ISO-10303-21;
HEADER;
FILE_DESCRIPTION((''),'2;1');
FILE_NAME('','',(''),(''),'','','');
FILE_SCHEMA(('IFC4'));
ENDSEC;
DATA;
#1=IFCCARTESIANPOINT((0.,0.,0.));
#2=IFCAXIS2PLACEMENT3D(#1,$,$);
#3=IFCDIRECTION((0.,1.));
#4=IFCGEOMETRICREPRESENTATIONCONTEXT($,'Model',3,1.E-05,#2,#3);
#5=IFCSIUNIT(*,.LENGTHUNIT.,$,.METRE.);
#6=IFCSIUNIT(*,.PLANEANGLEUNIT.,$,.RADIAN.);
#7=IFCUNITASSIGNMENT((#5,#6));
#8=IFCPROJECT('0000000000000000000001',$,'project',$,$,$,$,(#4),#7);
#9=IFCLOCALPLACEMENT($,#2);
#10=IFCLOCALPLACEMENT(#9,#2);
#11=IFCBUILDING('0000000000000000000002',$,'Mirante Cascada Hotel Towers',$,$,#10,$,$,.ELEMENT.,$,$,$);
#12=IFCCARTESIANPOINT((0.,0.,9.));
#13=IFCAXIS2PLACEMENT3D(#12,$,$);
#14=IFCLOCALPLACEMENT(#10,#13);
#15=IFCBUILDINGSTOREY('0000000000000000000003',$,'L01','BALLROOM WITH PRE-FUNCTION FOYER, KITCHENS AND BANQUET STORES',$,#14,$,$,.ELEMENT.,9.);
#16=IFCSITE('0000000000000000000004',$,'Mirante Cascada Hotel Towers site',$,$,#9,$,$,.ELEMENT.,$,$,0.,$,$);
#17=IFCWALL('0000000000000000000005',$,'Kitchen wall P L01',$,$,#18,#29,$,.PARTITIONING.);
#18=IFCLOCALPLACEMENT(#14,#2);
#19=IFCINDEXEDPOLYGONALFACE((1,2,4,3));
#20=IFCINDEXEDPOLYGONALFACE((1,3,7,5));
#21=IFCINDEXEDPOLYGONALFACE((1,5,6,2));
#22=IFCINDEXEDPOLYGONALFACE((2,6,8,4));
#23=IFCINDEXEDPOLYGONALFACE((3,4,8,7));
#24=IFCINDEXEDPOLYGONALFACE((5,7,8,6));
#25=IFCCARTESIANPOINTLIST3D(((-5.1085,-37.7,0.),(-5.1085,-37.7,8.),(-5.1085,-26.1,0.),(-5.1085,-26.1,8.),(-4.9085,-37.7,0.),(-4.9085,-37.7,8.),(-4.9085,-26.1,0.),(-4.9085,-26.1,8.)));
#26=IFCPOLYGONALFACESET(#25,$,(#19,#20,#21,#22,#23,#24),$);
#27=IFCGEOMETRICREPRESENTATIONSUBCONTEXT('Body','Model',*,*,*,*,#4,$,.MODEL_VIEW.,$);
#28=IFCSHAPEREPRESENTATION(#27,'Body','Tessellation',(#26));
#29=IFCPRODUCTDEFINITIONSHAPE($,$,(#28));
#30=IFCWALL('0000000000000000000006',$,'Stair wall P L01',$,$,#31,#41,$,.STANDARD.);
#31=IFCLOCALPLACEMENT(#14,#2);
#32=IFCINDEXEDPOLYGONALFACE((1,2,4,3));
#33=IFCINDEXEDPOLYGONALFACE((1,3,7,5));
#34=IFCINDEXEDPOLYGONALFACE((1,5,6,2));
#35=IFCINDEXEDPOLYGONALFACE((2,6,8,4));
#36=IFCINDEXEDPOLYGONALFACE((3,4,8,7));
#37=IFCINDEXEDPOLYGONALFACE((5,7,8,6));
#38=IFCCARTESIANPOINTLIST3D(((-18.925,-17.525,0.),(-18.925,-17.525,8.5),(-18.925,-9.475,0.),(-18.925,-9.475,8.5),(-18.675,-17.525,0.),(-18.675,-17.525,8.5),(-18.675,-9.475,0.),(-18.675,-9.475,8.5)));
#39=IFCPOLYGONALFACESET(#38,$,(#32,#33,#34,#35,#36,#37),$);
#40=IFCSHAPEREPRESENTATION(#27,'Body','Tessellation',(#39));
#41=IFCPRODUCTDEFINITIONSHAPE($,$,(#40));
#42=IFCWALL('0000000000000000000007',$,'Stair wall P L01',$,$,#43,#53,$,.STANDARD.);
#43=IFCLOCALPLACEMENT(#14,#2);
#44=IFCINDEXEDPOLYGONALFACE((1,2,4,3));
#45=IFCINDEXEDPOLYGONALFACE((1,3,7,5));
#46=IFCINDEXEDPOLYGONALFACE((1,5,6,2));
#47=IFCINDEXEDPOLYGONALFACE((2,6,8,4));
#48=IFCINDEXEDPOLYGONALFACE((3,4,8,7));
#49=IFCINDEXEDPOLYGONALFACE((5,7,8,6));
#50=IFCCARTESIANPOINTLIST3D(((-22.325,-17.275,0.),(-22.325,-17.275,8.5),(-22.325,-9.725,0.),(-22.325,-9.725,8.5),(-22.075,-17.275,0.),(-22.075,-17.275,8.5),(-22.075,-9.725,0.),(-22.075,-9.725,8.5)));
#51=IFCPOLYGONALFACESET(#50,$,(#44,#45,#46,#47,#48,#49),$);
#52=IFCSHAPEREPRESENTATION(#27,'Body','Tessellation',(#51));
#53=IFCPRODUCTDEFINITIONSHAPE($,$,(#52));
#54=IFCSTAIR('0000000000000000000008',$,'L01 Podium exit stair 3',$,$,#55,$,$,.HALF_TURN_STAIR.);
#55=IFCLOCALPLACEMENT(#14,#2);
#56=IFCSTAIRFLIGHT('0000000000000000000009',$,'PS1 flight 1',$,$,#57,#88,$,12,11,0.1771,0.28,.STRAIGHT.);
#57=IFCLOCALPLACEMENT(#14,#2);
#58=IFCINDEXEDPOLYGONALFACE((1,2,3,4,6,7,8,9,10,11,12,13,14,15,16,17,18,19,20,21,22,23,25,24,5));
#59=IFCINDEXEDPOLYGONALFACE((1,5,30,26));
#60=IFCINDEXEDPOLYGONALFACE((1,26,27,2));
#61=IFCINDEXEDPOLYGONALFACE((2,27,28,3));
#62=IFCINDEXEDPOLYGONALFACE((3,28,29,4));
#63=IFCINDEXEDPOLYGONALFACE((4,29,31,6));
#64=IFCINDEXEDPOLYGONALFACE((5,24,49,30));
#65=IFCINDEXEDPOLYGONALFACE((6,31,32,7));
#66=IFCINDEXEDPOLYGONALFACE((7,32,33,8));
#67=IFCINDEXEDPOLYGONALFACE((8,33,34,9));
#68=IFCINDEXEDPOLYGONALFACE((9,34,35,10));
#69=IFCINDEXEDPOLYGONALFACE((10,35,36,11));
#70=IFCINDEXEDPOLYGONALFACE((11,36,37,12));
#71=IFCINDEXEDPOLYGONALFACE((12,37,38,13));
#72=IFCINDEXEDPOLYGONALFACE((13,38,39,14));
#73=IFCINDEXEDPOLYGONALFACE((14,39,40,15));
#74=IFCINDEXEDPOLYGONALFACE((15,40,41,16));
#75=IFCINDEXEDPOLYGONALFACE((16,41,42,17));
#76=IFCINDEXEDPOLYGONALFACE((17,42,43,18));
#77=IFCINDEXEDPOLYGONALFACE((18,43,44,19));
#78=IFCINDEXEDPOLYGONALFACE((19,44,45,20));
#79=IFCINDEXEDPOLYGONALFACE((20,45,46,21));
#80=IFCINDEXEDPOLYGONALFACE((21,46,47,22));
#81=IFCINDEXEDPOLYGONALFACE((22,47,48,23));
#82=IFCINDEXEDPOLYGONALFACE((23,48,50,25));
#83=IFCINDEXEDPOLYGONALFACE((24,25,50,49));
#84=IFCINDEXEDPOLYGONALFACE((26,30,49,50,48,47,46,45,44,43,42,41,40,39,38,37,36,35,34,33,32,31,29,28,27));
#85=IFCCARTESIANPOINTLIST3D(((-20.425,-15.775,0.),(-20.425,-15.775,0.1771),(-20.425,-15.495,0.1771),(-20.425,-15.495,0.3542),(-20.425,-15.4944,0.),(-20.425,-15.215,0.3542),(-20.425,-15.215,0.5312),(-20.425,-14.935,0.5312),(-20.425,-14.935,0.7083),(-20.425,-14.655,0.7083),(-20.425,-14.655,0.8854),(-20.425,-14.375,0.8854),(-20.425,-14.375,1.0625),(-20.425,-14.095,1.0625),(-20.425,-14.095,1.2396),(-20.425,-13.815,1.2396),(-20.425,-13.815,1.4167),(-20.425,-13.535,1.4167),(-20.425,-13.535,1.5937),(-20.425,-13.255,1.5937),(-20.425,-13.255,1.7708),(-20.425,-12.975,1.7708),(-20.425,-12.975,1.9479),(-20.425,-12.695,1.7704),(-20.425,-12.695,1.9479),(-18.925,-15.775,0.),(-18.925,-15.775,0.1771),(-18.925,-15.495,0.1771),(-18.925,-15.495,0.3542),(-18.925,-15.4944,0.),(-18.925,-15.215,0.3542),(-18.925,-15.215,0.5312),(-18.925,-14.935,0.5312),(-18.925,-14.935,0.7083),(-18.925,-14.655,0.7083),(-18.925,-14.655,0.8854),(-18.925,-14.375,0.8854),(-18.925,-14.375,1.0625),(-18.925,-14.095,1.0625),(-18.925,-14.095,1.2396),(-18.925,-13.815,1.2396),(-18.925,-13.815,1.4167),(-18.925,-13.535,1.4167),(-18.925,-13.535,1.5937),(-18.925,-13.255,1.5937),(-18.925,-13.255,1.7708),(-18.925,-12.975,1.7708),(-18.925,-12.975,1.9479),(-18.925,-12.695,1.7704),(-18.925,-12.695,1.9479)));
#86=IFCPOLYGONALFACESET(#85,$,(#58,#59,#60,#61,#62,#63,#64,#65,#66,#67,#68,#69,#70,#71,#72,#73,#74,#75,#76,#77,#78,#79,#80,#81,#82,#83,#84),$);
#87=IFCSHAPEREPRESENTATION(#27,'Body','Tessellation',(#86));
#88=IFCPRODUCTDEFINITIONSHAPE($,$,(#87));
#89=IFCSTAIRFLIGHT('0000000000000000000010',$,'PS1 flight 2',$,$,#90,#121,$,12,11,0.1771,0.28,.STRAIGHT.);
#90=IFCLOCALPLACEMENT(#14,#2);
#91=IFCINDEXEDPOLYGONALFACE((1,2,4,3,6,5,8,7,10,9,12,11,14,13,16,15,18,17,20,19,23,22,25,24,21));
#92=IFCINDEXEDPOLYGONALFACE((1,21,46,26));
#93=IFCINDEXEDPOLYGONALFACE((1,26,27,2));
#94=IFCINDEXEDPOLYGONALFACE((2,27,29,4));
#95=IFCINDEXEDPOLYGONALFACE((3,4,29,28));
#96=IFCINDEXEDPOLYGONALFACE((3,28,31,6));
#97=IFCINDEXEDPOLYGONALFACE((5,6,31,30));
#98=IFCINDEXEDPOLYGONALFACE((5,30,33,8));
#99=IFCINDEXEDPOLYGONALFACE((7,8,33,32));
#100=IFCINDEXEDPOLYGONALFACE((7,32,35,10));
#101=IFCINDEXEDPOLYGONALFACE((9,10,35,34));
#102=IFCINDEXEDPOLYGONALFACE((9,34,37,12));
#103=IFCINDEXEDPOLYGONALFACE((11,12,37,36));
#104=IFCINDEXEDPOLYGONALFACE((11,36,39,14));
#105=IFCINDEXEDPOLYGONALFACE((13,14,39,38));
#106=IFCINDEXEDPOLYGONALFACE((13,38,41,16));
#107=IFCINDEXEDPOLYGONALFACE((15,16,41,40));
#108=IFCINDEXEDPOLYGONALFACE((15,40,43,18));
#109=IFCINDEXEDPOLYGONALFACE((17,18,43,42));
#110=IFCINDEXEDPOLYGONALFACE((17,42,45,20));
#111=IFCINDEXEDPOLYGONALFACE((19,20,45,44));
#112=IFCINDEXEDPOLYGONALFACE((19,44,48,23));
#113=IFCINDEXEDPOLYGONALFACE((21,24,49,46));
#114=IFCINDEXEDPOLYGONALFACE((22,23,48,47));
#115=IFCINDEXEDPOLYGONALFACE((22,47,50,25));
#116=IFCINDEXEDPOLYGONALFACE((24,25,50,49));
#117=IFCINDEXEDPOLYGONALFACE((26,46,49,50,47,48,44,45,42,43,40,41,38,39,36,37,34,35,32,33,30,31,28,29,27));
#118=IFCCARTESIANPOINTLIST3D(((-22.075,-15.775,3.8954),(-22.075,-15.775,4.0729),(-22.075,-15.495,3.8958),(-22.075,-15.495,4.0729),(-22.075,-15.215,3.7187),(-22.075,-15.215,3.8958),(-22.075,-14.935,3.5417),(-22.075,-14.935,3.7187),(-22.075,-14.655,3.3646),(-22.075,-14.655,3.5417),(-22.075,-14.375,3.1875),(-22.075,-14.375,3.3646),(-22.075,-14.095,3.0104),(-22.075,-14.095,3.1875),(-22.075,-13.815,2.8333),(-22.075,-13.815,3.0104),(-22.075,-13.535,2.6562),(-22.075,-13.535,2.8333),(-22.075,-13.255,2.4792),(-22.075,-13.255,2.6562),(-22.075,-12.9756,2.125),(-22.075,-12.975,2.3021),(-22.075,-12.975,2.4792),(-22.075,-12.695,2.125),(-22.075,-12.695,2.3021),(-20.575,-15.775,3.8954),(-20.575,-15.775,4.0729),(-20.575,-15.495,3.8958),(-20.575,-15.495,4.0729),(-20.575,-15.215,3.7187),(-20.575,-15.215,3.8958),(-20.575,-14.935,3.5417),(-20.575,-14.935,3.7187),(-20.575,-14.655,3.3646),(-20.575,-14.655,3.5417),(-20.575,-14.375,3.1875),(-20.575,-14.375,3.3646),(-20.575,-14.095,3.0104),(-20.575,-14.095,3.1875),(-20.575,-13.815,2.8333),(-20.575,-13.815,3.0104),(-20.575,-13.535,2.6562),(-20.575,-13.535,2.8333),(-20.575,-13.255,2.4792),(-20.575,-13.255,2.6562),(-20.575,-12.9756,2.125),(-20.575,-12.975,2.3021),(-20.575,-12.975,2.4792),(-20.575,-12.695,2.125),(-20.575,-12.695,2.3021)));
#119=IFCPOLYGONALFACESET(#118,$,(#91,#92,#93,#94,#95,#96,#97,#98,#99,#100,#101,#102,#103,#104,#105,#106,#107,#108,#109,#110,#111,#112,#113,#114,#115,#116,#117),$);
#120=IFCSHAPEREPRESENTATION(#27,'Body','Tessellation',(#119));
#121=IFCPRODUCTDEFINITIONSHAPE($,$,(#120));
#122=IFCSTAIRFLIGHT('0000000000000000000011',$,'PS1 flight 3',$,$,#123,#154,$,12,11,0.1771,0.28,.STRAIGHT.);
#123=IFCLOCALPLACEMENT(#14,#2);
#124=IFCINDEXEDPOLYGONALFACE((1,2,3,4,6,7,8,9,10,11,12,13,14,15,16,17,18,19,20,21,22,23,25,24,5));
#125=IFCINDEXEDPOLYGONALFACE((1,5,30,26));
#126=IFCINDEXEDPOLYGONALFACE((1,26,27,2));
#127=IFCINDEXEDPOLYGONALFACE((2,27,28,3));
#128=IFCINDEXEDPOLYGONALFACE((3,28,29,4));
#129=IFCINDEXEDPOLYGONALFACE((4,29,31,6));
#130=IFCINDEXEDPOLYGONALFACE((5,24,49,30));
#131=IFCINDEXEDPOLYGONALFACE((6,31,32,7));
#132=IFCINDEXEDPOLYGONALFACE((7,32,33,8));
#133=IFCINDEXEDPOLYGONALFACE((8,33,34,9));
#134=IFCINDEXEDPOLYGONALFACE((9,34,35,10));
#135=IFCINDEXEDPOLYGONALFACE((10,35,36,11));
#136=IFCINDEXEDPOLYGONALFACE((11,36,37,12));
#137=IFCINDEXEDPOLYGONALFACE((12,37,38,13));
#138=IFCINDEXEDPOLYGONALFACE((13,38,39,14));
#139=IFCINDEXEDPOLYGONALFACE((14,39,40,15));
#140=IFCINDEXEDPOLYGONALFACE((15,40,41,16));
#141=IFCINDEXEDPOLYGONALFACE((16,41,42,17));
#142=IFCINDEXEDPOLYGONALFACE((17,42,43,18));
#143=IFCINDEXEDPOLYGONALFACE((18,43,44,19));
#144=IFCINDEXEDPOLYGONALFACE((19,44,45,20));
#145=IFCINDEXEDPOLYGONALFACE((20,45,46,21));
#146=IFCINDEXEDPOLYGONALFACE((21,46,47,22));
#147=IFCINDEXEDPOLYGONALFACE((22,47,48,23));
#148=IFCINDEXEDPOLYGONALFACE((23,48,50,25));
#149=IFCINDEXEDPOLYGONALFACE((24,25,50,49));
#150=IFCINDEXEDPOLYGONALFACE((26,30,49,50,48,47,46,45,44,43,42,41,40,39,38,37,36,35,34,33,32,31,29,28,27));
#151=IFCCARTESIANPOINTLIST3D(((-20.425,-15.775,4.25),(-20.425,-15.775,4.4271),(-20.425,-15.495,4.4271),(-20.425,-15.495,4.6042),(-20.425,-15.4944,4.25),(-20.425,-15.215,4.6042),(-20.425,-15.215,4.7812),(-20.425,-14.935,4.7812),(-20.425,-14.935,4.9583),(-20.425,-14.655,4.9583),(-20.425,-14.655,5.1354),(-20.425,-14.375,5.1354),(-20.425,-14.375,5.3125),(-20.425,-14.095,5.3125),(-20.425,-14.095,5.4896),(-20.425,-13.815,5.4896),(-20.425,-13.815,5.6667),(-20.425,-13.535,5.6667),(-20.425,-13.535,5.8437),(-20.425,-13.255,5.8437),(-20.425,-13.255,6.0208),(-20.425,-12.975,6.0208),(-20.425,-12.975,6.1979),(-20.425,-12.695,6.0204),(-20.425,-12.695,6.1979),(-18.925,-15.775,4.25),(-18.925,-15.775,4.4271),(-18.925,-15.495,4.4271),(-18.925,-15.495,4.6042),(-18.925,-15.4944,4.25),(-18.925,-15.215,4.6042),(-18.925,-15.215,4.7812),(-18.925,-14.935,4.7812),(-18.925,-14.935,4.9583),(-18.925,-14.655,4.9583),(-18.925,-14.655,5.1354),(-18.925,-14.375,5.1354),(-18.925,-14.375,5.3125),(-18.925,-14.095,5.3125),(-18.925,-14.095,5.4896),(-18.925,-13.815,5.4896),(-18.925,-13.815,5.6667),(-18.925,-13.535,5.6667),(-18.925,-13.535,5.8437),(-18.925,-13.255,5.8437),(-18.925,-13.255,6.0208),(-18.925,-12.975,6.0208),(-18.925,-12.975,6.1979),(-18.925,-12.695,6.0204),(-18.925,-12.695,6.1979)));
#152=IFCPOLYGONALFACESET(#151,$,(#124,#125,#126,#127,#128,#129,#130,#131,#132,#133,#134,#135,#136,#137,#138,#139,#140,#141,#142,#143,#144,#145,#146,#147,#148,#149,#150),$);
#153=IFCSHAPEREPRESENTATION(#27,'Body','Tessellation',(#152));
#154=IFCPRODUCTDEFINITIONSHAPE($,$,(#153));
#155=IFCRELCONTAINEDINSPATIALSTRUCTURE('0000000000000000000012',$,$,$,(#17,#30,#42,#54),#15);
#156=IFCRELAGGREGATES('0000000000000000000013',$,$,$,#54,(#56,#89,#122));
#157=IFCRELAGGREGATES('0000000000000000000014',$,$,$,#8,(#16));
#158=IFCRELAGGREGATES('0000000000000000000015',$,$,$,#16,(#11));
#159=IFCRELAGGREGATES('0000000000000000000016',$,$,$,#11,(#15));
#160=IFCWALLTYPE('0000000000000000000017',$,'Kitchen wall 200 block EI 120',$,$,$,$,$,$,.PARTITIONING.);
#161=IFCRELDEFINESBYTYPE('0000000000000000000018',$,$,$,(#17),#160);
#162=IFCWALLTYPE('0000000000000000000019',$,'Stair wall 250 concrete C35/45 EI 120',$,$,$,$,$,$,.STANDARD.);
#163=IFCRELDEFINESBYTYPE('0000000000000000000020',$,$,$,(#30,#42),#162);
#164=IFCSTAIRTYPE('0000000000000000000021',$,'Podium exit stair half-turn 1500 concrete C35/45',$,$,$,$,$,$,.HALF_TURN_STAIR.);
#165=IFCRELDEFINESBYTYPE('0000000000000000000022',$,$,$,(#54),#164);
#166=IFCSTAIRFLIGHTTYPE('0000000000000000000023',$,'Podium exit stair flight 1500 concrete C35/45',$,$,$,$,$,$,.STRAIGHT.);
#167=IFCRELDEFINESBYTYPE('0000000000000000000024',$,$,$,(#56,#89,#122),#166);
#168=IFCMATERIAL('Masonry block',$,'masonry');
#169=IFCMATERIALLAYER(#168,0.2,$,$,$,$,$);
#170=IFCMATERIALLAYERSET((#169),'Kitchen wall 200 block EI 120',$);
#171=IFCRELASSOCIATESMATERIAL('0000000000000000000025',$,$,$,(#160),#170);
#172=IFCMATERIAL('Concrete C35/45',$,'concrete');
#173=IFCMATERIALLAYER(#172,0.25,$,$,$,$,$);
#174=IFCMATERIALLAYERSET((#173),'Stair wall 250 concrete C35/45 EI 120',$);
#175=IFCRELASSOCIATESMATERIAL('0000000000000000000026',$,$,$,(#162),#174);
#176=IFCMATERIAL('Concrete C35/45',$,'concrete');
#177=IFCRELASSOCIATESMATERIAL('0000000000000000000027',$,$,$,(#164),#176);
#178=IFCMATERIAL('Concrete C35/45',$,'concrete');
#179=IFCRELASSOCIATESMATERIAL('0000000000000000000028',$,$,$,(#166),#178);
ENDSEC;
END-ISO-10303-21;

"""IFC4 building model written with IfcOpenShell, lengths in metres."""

from ifc_helpers import new_model, si_unit, direction, frame, frame_2d, origin, place, context, subcontext, project, spatial, polyline, rectangle, outline, extrude, material, layer, layer_set, type_object, element, aggregate, save


model = new_model("IFC4")

# Units and contexts
model_context = context("Model", 3, precision=1e-05, world=origin(), true_north=direction((0.0, 1.0)))
body_context = subcontext(model_context, "Body", "Model", "MODEL_VIEW")
ifc_project = project(units=[si_unit("LENGTHUNIT", "METRE"), si_unit("PLANEANGLEUNIT", "RADIAN")], contexts=[model_context])

# Site, building, storey
site_placement = place(None, origin())
site = spatial("IfcSite", under=ifc_project, at=site_placement, Name="Mirante Cascada Hotel Towers site", CompositionType="ELEMENT", RefElevation=0.0)
building_placement = place(site_placement, origin())
building = spatial("IfcBuilding", under=site, at=building_placement, Name="Mirante Cascada Hotel Towers", CompositionType="ELEMENT")
storey_placement = place(building_placement, frame((0.0, 0.0, 9.0)))
storey = spatial("IfcBuildingStorey", under=building, at=storey_placement, Name="L01", Description="BALLROOM WITH PRE-FUNCTION FOYER, KITCHENS AND BANQUET STORES", CompositionType="ELEMENT", Elevation=9.0)

# Walls
ifc_material_1 = material(Name="Masonry block", Category="masonry")
ifc_layer_1 = layer(ifc_material_1, 0.2)
ifc_layer_set_1 = layer_set([ifc_layer_1], Name="Kitchen wall 200 block EI 120")
wall_type_1 = type_object("IfcWallType", Name="Kitchen wall 200 block EI 120", PredefinedType="PARTITIONING", material=ifc_layer_set_1)
wall_1_placement = place(storey_placement, frame((-5.0085, -37.7, 0.0), z_axis=(0.0, 0.0, 1.0), x_axis=(0.0, 1.0, 0.0)))
element("IfcWall", 1, at=wall_1_placement, inside=storey, type_object=wall_type_1, Name="Kitchen wall P L01", PredefinedType="PARTITIONING", context=body_context, shape_type="SweptSolid", body=[
    extrude(rectangle(XDim=11.6, YDim=0.2, at=frame_2d((5.8, 0.0))), origin(), (0.0, 0.0, 1.0), 8.0),
])
ifc_material_2 = material(Name="Concrete C35/45", Category="concrete")
ifc_layer_2 = layer(ifc_material_2, 0.25)
ifc_layer_set_2 = layer_set([ifc_layer_2], Name="Stair wall 250 concrete C35/45 EI 120")
wall_type_2 = type_object("IfcWallType", Name="Stair wall 250 concrete C35/45 EI 120", PredefinedType="STANDARD", material=ifc_layer_set_2)
wall_2_placement = place(storey_placement, frame((-18.8, -17.525, 0.0), z_axis=(0.0, 0.0, 1.0), x_axis=(0.0, 1.0, 0.0)))
element("IfcWall", 2, at=wall_2_placement, inside=storey, type_object=wall_type_2, Name="Stair wall P L01", PredefinedType="STANDARD", context=body_context, shape_type="SweptSolid", body=[
    extrude(rectangle(XDim=8.05, YDim=0.25, at=frame_2d((4.025, 0.0))), origin(), (0.0, 0.0, 1.0), 8.5),
])
wall_3_placement = place(storey_placement, frame((-22.2, -17.275, 0.0), z_axis=(0.0, 0.0, 1.0), x_axis=(0.0, 1.0, 0.0)))
element("IfcWall", 3, at=wall_3_placement, inside=storey, type_object=wall_type_2, Name="Stair wall P L01", PredefinedType="STANDARD", context=body_context, shape_type="SweptSolid", body=[
    extrude(rectangle(XDim=7.55, YDim=0.25, at=frame_2d((3.775, 0.0))), origin(), (0.0, 0.0, 1.0), 8.5),
])

# Stair, stair flights
ifc_material_3 = material(Name="Concrete C35/45", Category="concrete")
stair_type = type_object("IfcStairType", Name="Podium exit stair half-turn 1500 concrete C35/45", PredefinedType="HALF_TURN_STAIR", material=ifc_material_3)
stair_placement = place(storey_placement, origin())
stair = element("IfcStair", 4, at=stair_placement, inside=storey, type_object=stair_type, Name="L01 Podium exit stair 3", PredefinedType="HALF_TURN_STAIR")
ifc_material_4 = material(Name="Concrete C35/45", Category="concrete")
stair_flight_type = type_object("IfcStairFlightType", Name="Podium exit stair flight 1500 concrete C35/45", PredefinedType="STRAIGHT", material=ifc_material_4)
stair_flight_1_placement = place(storey_placement, frame((-19.675, -15.775, 0.0), z_axis=(0.0, 0.0, 1.0), x_axis=(0.0, 1.0, 0.0)))
stair_flight_1 = element("IfcStairFlight", 5, at=stair_flight_1_placement, type_object=stair_flight_type, Name="PS1 flight 1", NumberOfRisers=12, NumberOfTreads=11, PredefinedType="STRAIGHT", RiserHeight=0.1771, TreadLength=0.28, context=body_context, shape_type="SweptSolid", body=[
    extrude(outline(polyline([(0.0, 0.0), (0.0, 0.1771), (0.28, 0.1771), (0.28, 0.3542), (0.56, 0.3542), (0.56, 0.5312), (0.84, 0.5312), (0.84, 0.7083), (1.12, 0.7083), (1.12, 0.8854), (1.4, 0.8854), (1.4, 1.0625), (1.68, 1.0625), (1.68, 1.2396), (1.96, 1.2396), (1.96, 1.4167), (2.24, 1.4167), (2.24, 1.5937), (2.52, 1.5937), (2.52, 1.7708), (2.8, 1.7708), (2.8, 1.9479), (3.08, 1.9479), (3.08, 2.125), (3.08, 1.7704), (0.2806, 0.0), (0.0, 0.0)])), frame((0.0, 0.75, 0.0), z_axis=(0.0, -1.0, 0.0), x_axis=(1.0, 0.0, 0.0)), (0.0, 0.0, 1.0), 1.5),
])
stair_flight_2_placement = place(storey_placement, frame((-21.325, -12.695, 2.125), z_axis=(0.0, 0.0, 1.0), x_axis=(0.0, -1.0, 0.0)))
stair_flight_2 = element("IfcStairFlight", 6, at=stair_flight_2_placement, type_object=stair_flight_type, Name="PS1 flight 2", NumberOfRisers=12, NumberOfTreads=11, PredefinedType="STRAIGHT", RiserHeight=0.1771, TreadLength=0.28, context=body_context, shape_type="SweptSolid", body=[
    extrude(outline(polyline([(0.0, 0.0), (0.0, 0.1771), (0.28, 0.1771), (0.28, 0.3542), (0.56, 0.3542), (0.56, 0.5312), (0.84, 0.5312), (0.84, 0.7083), (1.12, 0.7083), (1.12, 0.8854), (1.4, 0.8854), (1.4, 1.0625), (1.68, 1.0625), (1.68, 1.2396), (1.96, 1.2396), (1.96, 1.4167), (2.24, 1.4167), (2.24, 1.5937), (2.52, 1.5937), (2.52, 1.7708), (2.8, 1.7708), (2.8, 1.9479), (3.08, 1.9479), (3.08, 2.125), (3.08, 1.7704), (0.2806, 0.0), (0.0, 0.0)])), frame((0.0, 0.75, 0.0), z_axis=(0.0, -1.0, 0.0), x_axis=(1.0, 0.0, 0.0)), (0.0, 0.0, 1.0), 1.5),
])
stair_flight_3_placement = place(storey_placement, frame((-19.675, -15.775, 4.25), z_axis=(0.0, 0.0, 1.0), x_axis=(0.0, 1.0, 0.0)))
stair_flight_3 = element("IfcStairFlight", 7, at=stair_flight_3_placement, type_object=stair_flight_type, Name="PS1 flight 3", NumberOfRisers=12, NumberOfTreads=11, PredefinedType="STRAIGHT", RiserHeight=0.1771, TreadLength=0.28, context=body_context, shape_type="SweptSolid", body=[
    extrude(outline(polyline([(0.0, 0.0), (0.0, 0.1771), (0.28, 0.1771), (0.28, 0.3542), (0.56, 0.3542), (0.56, 0.5312), (0.84, 0.5312), (0.84, 0.7083), (1.12, 0.7083), (1.12, 0.8854), (1.4, 0.8854), (1.4, 1.0625), (1.68, 1.0625), (1.68, 1.2396), (1.96, 1.2396), (1.96, 1.4167), (2.24, 1.4167), (2.24, 1.5937), (2.52, 1.5937), (2.52, 1.7708), (2.8, 1.7708), (2.8, 1.9479), (3.08, 1.9479), (3.08, 2.125), (3.08, 1.7704), (0.2806, 0.0), (0.0, 0.0)])), frame((0.0, 0.75, 0.0), z_axis=(0.0, -1.0, 0.0), x_axis=(1.0, 0.0, 0.0)), (0.0, 0.0, 1.0), 1.5),
])
aggregate(stair, [stair_flight_1, stair_flight_2, stair_flight_3])

save(model, "model.ifc")
